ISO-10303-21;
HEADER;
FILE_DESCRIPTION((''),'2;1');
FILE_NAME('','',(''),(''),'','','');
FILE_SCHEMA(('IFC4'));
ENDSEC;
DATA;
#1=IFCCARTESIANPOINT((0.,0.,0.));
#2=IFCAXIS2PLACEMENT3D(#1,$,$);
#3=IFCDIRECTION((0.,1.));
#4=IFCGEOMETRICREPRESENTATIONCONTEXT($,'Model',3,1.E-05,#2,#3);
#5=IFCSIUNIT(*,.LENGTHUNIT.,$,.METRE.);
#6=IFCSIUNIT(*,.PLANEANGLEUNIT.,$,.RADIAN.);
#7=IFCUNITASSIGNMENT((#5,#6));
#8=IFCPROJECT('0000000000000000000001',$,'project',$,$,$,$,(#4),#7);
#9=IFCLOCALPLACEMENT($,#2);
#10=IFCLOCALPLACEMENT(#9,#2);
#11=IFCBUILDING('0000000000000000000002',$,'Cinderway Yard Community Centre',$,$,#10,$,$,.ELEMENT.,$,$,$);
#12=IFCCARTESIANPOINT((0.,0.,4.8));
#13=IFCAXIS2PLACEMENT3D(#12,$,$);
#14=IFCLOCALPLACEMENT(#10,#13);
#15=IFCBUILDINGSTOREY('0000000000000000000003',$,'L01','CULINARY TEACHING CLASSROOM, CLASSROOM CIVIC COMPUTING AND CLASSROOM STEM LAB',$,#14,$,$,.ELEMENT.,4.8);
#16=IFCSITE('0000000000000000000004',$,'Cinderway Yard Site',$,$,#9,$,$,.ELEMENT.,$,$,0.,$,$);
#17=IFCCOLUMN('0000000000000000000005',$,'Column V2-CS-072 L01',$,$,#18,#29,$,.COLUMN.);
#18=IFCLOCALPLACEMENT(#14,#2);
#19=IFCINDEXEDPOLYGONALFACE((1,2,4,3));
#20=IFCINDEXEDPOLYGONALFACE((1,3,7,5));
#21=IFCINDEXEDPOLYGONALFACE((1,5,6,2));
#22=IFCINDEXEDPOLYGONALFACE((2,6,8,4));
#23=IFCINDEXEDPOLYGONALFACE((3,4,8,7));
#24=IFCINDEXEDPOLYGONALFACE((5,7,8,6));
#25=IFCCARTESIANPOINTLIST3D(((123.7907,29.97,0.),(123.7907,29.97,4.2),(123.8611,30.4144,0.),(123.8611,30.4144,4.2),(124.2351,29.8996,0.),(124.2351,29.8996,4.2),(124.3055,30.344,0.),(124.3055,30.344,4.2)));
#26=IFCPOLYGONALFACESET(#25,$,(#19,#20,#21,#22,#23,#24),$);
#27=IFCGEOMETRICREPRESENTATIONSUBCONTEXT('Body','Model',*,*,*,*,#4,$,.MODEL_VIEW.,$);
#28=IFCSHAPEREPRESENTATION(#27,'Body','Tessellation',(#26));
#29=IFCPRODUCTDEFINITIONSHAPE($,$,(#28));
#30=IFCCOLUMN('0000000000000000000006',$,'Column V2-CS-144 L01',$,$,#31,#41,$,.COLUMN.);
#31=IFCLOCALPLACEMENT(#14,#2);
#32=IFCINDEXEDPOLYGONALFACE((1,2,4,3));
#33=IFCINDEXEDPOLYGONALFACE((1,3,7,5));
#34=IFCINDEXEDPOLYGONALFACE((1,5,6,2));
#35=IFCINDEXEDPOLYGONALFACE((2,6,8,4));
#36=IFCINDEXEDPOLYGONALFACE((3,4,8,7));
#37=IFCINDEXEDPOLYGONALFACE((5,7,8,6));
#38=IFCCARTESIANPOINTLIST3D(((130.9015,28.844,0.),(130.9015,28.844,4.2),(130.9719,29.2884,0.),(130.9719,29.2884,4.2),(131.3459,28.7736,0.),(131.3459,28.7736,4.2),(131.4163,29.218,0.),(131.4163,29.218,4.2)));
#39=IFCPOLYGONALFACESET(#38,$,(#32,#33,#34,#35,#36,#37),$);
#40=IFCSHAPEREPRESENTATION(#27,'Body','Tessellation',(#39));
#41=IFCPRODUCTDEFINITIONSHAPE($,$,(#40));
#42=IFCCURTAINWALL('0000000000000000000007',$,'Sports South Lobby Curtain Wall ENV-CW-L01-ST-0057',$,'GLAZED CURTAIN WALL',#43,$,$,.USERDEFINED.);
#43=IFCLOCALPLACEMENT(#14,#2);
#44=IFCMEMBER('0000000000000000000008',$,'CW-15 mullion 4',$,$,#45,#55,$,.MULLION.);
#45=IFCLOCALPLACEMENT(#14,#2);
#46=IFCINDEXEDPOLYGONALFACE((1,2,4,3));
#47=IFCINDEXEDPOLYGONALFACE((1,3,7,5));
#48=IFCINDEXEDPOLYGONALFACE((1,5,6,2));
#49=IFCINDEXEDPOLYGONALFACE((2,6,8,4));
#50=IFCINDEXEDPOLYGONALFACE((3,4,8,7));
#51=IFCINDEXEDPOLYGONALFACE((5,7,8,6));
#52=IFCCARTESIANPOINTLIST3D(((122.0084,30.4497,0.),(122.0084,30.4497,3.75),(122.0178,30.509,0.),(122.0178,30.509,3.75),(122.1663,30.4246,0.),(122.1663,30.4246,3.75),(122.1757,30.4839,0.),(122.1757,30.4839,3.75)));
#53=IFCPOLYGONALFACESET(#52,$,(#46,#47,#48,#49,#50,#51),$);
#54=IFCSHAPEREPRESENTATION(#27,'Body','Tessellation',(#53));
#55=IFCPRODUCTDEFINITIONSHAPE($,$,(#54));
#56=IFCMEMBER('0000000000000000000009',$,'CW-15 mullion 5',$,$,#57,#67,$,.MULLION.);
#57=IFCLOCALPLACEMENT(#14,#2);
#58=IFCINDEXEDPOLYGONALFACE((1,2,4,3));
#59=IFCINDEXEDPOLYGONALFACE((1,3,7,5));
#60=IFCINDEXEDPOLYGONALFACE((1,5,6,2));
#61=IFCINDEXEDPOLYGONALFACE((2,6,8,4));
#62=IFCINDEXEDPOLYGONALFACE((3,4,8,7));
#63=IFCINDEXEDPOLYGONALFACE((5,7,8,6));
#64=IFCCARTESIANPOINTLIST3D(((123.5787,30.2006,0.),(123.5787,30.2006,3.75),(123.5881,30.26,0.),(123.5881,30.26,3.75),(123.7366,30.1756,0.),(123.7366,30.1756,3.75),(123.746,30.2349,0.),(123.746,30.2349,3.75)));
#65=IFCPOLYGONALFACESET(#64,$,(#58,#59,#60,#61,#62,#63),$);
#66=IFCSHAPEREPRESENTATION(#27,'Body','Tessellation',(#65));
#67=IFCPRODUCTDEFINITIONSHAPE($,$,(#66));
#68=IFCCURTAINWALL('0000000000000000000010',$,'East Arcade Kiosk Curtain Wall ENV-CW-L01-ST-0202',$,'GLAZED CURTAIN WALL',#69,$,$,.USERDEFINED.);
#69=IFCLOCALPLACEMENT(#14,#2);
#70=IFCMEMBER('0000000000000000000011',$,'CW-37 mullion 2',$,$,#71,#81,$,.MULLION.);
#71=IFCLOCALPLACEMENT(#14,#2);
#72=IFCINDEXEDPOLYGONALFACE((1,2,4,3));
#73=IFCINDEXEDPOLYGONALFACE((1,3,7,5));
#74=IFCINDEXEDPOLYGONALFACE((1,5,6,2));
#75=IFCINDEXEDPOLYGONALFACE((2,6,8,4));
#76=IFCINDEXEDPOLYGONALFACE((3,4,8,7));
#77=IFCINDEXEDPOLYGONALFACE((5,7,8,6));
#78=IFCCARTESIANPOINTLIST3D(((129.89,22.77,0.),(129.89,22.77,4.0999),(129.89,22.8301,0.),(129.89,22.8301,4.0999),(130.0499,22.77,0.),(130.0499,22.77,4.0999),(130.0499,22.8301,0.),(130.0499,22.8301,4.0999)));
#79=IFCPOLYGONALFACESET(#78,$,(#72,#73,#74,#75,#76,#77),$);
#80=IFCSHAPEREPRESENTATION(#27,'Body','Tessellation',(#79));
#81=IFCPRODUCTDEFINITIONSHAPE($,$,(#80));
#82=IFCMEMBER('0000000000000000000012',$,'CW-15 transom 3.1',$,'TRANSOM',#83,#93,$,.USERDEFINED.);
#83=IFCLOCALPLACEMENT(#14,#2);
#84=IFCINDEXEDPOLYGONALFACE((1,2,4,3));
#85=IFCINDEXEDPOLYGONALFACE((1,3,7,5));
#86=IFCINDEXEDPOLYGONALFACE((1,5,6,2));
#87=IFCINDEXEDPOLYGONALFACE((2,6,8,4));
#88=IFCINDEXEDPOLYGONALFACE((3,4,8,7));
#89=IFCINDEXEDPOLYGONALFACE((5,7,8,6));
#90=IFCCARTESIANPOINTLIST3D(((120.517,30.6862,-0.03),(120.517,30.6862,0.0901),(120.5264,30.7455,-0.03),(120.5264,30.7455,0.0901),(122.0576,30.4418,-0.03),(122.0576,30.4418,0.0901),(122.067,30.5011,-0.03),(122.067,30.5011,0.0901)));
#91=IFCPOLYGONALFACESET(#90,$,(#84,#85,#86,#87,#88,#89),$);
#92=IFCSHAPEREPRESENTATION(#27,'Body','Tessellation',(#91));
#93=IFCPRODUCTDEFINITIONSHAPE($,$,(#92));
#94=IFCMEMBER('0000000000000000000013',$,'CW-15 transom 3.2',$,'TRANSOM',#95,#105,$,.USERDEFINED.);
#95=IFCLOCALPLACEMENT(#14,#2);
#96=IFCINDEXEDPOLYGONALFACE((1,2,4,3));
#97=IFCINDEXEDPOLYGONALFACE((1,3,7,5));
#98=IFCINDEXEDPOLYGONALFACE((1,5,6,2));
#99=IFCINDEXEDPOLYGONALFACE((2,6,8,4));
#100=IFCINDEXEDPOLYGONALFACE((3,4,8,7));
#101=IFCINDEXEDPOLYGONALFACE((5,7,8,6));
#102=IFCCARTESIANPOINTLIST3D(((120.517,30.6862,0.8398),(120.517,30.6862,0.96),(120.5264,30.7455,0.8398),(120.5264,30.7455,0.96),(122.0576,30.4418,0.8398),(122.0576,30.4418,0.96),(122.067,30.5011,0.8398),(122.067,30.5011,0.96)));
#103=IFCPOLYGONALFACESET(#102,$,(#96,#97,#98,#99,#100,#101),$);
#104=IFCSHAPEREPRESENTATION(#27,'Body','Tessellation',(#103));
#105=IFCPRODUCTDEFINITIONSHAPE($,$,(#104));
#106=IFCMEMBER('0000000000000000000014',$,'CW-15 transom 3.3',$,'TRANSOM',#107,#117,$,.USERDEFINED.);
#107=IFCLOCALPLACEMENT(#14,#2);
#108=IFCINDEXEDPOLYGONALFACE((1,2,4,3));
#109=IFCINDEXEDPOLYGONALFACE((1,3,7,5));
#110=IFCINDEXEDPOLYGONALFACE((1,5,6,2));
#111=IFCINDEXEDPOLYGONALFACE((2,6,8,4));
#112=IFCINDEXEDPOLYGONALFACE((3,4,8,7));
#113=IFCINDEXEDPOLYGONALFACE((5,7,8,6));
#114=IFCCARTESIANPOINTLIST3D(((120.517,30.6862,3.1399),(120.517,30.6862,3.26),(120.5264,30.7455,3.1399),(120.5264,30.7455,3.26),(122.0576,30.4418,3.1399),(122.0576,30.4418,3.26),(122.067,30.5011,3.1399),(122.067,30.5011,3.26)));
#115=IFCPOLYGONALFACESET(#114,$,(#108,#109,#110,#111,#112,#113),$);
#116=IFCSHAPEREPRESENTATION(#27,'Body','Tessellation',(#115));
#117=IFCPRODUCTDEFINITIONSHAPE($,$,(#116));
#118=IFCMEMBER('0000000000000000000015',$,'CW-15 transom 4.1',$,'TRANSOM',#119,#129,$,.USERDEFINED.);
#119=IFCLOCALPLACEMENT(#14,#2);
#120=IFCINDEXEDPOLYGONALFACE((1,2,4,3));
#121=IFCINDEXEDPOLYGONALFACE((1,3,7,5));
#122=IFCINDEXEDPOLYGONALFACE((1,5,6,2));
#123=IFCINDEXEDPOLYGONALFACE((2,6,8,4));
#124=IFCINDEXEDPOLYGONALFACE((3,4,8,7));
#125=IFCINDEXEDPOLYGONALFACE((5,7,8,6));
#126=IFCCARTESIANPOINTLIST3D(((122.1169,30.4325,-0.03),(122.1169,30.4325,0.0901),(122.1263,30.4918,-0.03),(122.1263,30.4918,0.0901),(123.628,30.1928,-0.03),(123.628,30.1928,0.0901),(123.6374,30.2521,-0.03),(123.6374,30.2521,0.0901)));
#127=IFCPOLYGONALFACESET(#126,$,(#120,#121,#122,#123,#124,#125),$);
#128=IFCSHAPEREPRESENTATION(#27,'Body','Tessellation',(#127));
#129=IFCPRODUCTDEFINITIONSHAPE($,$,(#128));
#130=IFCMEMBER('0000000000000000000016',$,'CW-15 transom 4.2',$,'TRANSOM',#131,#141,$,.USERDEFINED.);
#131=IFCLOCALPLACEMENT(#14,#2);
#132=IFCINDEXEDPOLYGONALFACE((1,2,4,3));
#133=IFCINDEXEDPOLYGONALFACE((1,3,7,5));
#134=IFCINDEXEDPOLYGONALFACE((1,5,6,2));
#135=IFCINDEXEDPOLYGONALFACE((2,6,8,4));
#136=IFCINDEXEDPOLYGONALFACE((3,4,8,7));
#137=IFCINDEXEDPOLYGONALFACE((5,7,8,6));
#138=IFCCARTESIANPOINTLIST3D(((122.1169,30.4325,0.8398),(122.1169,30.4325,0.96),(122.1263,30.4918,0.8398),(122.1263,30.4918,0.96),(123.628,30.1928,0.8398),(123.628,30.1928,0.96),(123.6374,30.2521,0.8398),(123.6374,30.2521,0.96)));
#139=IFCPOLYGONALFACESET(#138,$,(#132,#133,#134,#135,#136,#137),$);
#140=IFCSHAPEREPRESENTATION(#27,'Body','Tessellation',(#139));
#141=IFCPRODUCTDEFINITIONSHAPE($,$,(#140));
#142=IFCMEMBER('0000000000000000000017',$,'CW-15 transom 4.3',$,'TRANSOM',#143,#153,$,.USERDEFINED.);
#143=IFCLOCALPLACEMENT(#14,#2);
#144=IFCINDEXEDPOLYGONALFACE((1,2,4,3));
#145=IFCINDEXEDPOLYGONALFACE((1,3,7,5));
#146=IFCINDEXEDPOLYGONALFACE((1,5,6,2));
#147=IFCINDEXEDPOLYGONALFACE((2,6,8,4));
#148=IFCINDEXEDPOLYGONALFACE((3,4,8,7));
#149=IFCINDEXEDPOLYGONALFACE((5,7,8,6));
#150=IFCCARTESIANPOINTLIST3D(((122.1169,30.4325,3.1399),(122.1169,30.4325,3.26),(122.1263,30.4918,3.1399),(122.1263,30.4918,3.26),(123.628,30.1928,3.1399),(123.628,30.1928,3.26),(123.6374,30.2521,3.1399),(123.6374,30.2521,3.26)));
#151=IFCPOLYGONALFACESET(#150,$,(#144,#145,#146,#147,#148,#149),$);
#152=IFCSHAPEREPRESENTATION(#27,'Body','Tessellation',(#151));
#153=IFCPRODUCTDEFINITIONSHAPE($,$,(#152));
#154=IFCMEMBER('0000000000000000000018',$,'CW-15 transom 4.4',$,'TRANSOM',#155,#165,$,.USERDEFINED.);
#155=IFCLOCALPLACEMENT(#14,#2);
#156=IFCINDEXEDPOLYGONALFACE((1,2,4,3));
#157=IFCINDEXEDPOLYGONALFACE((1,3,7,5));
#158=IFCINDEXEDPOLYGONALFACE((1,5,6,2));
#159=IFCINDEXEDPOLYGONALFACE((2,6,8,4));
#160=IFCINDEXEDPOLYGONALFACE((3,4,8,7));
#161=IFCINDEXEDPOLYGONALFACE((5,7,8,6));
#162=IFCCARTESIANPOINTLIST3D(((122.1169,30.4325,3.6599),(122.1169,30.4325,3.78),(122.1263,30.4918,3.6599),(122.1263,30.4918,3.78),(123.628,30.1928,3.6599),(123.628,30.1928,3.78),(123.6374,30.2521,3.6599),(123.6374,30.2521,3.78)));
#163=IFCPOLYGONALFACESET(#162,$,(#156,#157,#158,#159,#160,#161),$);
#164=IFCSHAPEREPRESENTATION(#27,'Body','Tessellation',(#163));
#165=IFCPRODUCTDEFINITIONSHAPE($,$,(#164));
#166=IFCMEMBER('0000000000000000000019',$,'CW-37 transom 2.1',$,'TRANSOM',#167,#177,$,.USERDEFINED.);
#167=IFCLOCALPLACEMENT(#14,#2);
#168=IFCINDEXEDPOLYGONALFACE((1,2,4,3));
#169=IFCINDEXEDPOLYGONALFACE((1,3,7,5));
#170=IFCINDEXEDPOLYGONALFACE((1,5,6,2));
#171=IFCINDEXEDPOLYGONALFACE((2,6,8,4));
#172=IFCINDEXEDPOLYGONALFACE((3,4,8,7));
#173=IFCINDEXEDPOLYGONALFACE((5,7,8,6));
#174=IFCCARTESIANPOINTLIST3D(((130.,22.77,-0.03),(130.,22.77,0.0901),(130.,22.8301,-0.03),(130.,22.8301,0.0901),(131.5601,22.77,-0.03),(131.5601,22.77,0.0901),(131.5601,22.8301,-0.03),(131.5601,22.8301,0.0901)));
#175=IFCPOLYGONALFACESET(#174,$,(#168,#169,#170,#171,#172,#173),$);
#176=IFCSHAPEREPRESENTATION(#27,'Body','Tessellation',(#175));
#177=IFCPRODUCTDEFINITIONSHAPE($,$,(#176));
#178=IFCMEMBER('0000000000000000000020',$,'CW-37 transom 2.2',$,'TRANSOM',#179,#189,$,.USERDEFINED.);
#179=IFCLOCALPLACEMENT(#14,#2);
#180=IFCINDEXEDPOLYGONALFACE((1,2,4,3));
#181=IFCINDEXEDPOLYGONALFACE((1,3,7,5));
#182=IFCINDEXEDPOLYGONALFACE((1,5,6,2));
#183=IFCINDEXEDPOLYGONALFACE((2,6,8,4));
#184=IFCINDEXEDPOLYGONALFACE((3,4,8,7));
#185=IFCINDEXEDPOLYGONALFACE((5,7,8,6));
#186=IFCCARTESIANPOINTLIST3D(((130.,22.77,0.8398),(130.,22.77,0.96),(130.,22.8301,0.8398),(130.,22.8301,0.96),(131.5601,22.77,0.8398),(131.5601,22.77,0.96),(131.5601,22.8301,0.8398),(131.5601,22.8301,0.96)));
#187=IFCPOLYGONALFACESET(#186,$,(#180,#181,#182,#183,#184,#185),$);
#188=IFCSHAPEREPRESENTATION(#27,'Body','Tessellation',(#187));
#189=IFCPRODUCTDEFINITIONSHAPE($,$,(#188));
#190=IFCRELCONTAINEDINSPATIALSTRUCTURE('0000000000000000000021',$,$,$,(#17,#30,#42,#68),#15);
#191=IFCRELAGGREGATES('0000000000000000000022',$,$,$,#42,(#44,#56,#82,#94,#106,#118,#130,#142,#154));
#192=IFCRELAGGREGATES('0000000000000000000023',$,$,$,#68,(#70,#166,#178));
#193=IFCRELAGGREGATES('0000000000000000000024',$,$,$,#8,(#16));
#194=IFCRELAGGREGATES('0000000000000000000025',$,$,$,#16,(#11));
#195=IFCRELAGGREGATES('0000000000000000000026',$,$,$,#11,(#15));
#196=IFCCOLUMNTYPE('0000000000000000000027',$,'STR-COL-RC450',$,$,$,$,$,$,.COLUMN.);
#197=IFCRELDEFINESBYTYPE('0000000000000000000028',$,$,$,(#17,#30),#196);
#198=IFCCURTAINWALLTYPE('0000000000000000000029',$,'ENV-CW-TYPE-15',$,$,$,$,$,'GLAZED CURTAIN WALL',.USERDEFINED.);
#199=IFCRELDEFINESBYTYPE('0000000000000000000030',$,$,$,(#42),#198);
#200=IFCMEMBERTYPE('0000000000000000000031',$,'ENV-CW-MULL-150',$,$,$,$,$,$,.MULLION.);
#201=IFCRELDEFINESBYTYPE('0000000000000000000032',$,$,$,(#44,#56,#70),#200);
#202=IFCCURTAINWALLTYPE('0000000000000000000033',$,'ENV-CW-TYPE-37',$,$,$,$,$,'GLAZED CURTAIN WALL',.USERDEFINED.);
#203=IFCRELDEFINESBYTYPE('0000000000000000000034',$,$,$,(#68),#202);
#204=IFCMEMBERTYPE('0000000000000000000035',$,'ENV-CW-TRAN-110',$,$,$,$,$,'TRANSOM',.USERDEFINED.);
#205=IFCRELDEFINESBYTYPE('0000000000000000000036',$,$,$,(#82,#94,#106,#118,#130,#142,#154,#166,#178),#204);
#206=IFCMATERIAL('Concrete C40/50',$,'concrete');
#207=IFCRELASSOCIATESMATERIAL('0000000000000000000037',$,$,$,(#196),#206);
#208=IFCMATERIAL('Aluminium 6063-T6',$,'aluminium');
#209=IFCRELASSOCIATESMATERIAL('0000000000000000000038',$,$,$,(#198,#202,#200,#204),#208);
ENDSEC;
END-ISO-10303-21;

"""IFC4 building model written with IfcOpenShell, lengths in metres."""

from ifc_helpers import new_model, si_unit, direction, frame, origin, origin_2d, place, context, subcontext, project, spatial, rectangle, extrude, material, material_profile, profile_set, type_object, element, aggregate, save


model = new_model("IFC4")

# Units and contexts
model_context = context("Model", 3, precision=1e-05, world=origin(), true_north=direction((0.0, 1.0)))
body_context = subcontext(model_context, "Body", "Model", "MODEL_VIEW")
ifc_project = project(units=[si_unit("LENGTHUNIT", "METRE"), si_unit("PLANEANGLEUNIT", "RADIAN")], contexts=[model_context])

# Site, building, storey
site_placement = place(None, origin())
site = spatial("IfcSite", under=ifc_project, at=site_placement, Name="Cinderway Yard Site", CompositionType="ELEMENT", RefElevation=0.0)
building_placement = place(site_placement, origin())
building = spatial("IfcBuilding", under=site, at=building_placement, Name="Cinderway Yard Community Centre", CompositionType="ELEMENT")
storey_placement = place(building_placement, frame((0.0, 0.0, 4.8)))
storey = spatial("IfcBuildingStorey", under=building, at=storey_placement, Name="L01", Description="CULINARY TEACHING CLASSROOM, CLASSROOM CIVIC COMPUTING AND CLASSROOM STEM LAB", CompositionType="ELEMENT", Elevation=4.8)

# Columns
ifc_material_1 = material(Name="Concrete C40/50", Category="concrete")
ifc_material_profile_1 = material_profile(ifc_material_1, rectangle(XDim=0.45, YDim=0.45, at=origin_2d()), Name="Concrete C40/50")
ifc_profile_set_1 = profile_set([ifc_material_profile_1], Name="Concrete C40/50")
column_type = type_object("IfcColumnType", Name="STR-COL-RC450", PredefinedType="COLUMN", material=ifc_profile_set_1)
for number, where, z_axis, x_axis, name in (
    (1, (124.0481, 30.157, 0.0), (0.0, 0.0, 1.0), (0.987688, -0.156434, 0.0), "Column V2-CS-072 L01"),
    (2, (131.1589, 29.031, 0.0), (0.0, 0.0, 1.0), (0.987688, -0.156434, 0.0), "Column V2-CS-144 L01"),
):
    element("IfcColumn", number, at=place(storey_placement, frame(where, z_axis=z_axis, x_axis=x_axis)), inside=storey, type_object=column_type, Name=name, PredefinedType="COLUMN", context=body_context, shape_type="SweptSolid", body=[
        extrude(rectangle(XDim=0.45, YDim=0.45, at=origin_2d()), origin(), (0.0, 0.0, 1.0), 4.2),
    ])

# Curtain wall, members
ifc_material_2 = material(Name="Aluminium 6063-T6", Category="aluminium")
curtain_wall_type_1 = type_object("IfcCurtainWallType", Name="ENV-CW-TYPE-15", ElementType="GLAZED CURTAIN WALL", PredefinedType="USERDEFINED", material=ifc_material_2)
curtain_wall_1_placement = place(storey_placement, origin())
curtain_wall_1 = element("IfcCurtainWall", 3, at=curtain_wall_1_placement, inside=storey, type_object=curtain_wall_type_1, Name="Sports South Lobby Curtain Wall ENV-CW-L01-ST-0057", ObjectType="GLAZED CURTAIN WALL", PredefinedType="USERDEFINED")
ifc_material_profile_2 = material_profile(ifc_material_2, rectangle(XDim=0.0601, YDim=0.1599, at=origin_2d()), Name="Aluminium 6063-T6")
ifc_profile_set_2 = profile_set([ifc_material_profile_2], Name="Aluminium 6063-T6")
member_type_1 = type_object("IfcMemberType", Name="ENV-CW-MULL-150", PredefinedType="MULLION", material=ifc_profile_set_2)
member_1_placement = place(storey_placement, frame((122.092, 30.4668, 0.0), z_axis=(0.0, 0.0, 1.0), x_axis=(0.156636, 0.987656, 0.0)))
member_1 = element("IfcMember", 4, at=member_1_placement, type_object=member_type_1, Name="CW-15 mullion 4", PredefinedType="MULLION", context=body_context, shape_type="SweptSolid", body=[
    extrude(rectangle(XDim=0.0601, YDim=0.1599, at=origin_2d()), origin(), (0.0, 0.0, 1.0), 3.75),
])
member_2_placement = place(storey_placement, frame((123.6624, 30.2178, 0.0), z_axis=(0.0, 0.0, 1.0), x_axis=(0.156636, 0.987656, 0.0)))
member_2 = element("IfcMember", 5, at=member_2_placement, type_object=member_type_1, Name="CW-15 mullion 5", PredefinedType="MULLION", context=body_context, shape_type="SweptSolid", body=[
    extrude(rectangle(XDim=0.0601, YDim=0.1599, at=origin_2d()), origin(), (0.0, 0.0, 1.0), 3.75),
])

# Curtain wall, member
curtain_wall_type_2 = type_object("IfcCurtainWallType", Name="ENV-CW-TYPE-37", ElementType="GLAZED CURTAIN WALL", PredefinedType="USERDEFINED", material=ifc_material_2)
curtain_wall_2_placement = place(storey_placement, origin())
curtain_wall_2 = element("IfcCurtainWall", 6, at=curtain_wall_2_placement, inside=storey, type_object=curtain_wall_type_2, Name="East Arcade Kiosk Curtain Wall ENV-CW-L01-ST-0202", ObjectType="GLAZED CURTAIN WALL", PredefinedType="USERDEFINED")
member_3_placement = place(storey_placement, frame((129.97, 22.8, 0.0), z_axis=(0.0, 0.0, 1.0), x_axis=(0.0, 1.0, 0.0)))
member_3 = element("IfcMember", 7, at=member_3_placement, type_object=member_type_1, Name="CW-37 mullion 2", PredefinedType="MULLION", context=body_context, shape_type="SweptSolid", body=[
    extrude(rectangle(XDim=0.0601, YDim=0.1599, at=origin_2d()), origin(), (0.0, 0.0, 1.0), 4.0999),
])

# Members
ifc_material_profile_3 = material_profile(ifc_material_2, rectangle(XDim=0.0601, YDim=0.1201, at=origin_2d()), Name="Aluminium 6063-T6")
ifc_profile_set_3 = profile_set([ifc_material_profile_3], Name="Aluminium 6063-T6")
member_type_2 = type_object("IfcMemberType", Name="ENV-CW-TRAN-110", ElementType="TRANSOM", PredefinedType="USERDEFINED", material=ifc_profile_set_3)
member_4_placement = place(storey_placement, frame((120.5217, 30.7158, 0.03), z_axis=(0.98765, -0.156678, 0.0), x_axis=(0.156678, 0.98765, 0.0)))
member_4 = element("IfcMember", 8, at=member_4_placement, type_object=member_type_2, Name="CW-15 transom 3.1", ObjectType="TRANSOM", PredefinedType="USERDEFINED", context=body_context, shape_type="SweptSolid", body=[
    extrude(rectangle(XDim=0.0601, YDim=0.1201, at=origin_2d()), origin(), (0.0, 0.0, 1.0), 1.5598),
])
member_5_placement = place(storey_placement, frame((120.5217, 30.7158, 0.8999), z_axis=(0.98765, -0.156678, 0.0), x_axis=(0.156678, 0.98765, 0.0)))
member_5 = element("IfcMember", 9, at=member_5_placement, type_object=member_type_2, Name="CW-15 transom 3.2", ObjectType="TRANSOM", PredefinedType="USERDEFINED", context=body_context, shape_type="SweptSolid", body=[
    extrude(rectangle(XDim=0.0601, YDim=0.1201, at=origin_2d()), origin(), (0.0, 0.0, 1.0), 1.5598),
])
member_6_placement = place(storey_placement, frame((120.5217, 30.7158, 3.2), z_axis=(0.98765, -0.156678, 0.0), x_axis=(0.156678, 0.98765, 0.0)))
member_6 = element("IfcMember", 10, at=member_6_placement, type_object=member_type_2, Name="CW-15 transom 3.3", ObjectType="TRANSOM", PredefinedType="USERDEFINED", context=body_context, shape_type="SweptSolid", body=[
    extrude(rectangle(XDim=0.0601, YDim=0.1201, at=origin_2d()), origin(), (0.0, 0.0, 1.0), 1.5598),
])
member_7_placement = place(storey_placement, frame((122.1216, 30.4622, 0.03), z_axis=(0.987649, -0.156684, 0.0), x_axis=(0.156684, 0.987649, 0.0)))
member_7 = element("IfcMember", 11, at=member_7_placement, type_object=member_type_2, Name="CW-15 transom 4.1", ObjectType="TRANSOM", PredefinedType="USERDEFINED", context=body_context, shape_type="SweptSolid", body=[
    extrude(rectangle(XDim=0.0601, YDim=0.1201, at=origin_2d()), origin(), (0.0, 0.0, 1.0), 1.53),
])
member_8_placement = place(storey_placement, frame((122.1216, 30.4622, 0.8999), z_axis=(0.987649, -0.156684, 0.0), x_axis=(0.156684, 0.987649, 0.0)))
member_8 = element("IfcMember", 12, at=member_8_placement, type_object=member_type_2, Name="CW-15 transom 4.2", ObjectType="TRANSOM", PredefinedType="USERDEFINED", context=body_context, shape_type="SweptSolid", body=[
    extrude(rectangle(XDim=0.0601, YDim=0.1201, at=origin_2d()), origin(), (0.0, 0.0, 1.0), 1.53),
])
member_9_placement = place(storey_placement, frame((122.1216, 30.4622, 3.2), z_axis=(0.987649, -0.156684, 0.0), x_axis=(0.156684, 0.987649, 0.0)))
member_9 = element("IfcMember", 13, at=member_9_placement, type_object=member_type_2, Name="CW-15 transom 4.3", ObjectType="TRANSOM", PredefinedType="USERDEFINED", context=body_context, shape_type="SweptSolid", body=[
    extrude(rectangle(XDim=0.0601, YDim=0.1201, at=origin_2d()), origin(), (0.0, 0.0, 1.0), 1.53),
])
member_10_placement = place(storey_placement, frame((122.1216, 30.4622, 3.72), z_axis=(0.987649, -0.156684, 0.0), x_axis=(0.156684, 0.987649, 0.0)))
member_10 = element("IfcMember", 14, at=member_10_placement, type_object=member_type_2, Name="CW-15 transom 4.4", ObjectType="TRANSOM", PredefinedType="USERDEFINED", context=body_context, shape_type="SweptSolid", body=[
    extrude(rectangle(XDim=0.0601, YDim=0.1201, at=origin_2d()), origin(), (0.0, 0.0, 1.0), 1.53),
])
member_11_placement = place(storey_placement, frame((130.0, 22.8, 0.03), z_axis=(1.0, 0.0, 0.0), x_axis=(0.0, 1.0, 0.0)))
member_11 = element("IfcMember", 15, at=member_11_placement, type_object=member_type_2, Name="CW-37 transom 2.1", ObjectType="TRANSOM", PredefinedType="USERDEFINED", context=body_context, shape_type="SweptSolid", body=[
    extrude(rectangle(XDim=0.0601, YDim=0.1201, at=origin_2d()), origin(), (0.0, 0.0, 1.0), 1.5601),
])
member_12_placement = place(storey_placement, frame((130.0, 22.8, 0.8999), z_axis=(1.0, 0.0, 0.0), x_axis=(0.0, 1.0, 0.0)))
member_12 = element("IfcMember", 16, at=member_12_placement, type_object=member_type_2, Name="CW-37 transom 2.2", ObjectType="TRANSOM", PredefinedType="USERDEFINED", context=body_context, shape_type="SweptSolid", body=[
    extrude(rectangle(XDim=0.0601, YDim=0.1201, at=origin_2d()), origin(), (0.0, 0.0, 1.0), 1.5601),
])

aggregate(curtain_wall_1, [member_1, member_2, member_4, member_5, member_6, member_7, member_8, member_9, member_10])
aggregate(curtain_wall_2, [member_3, member_11, member_12])

save(model, "model.ifc")
